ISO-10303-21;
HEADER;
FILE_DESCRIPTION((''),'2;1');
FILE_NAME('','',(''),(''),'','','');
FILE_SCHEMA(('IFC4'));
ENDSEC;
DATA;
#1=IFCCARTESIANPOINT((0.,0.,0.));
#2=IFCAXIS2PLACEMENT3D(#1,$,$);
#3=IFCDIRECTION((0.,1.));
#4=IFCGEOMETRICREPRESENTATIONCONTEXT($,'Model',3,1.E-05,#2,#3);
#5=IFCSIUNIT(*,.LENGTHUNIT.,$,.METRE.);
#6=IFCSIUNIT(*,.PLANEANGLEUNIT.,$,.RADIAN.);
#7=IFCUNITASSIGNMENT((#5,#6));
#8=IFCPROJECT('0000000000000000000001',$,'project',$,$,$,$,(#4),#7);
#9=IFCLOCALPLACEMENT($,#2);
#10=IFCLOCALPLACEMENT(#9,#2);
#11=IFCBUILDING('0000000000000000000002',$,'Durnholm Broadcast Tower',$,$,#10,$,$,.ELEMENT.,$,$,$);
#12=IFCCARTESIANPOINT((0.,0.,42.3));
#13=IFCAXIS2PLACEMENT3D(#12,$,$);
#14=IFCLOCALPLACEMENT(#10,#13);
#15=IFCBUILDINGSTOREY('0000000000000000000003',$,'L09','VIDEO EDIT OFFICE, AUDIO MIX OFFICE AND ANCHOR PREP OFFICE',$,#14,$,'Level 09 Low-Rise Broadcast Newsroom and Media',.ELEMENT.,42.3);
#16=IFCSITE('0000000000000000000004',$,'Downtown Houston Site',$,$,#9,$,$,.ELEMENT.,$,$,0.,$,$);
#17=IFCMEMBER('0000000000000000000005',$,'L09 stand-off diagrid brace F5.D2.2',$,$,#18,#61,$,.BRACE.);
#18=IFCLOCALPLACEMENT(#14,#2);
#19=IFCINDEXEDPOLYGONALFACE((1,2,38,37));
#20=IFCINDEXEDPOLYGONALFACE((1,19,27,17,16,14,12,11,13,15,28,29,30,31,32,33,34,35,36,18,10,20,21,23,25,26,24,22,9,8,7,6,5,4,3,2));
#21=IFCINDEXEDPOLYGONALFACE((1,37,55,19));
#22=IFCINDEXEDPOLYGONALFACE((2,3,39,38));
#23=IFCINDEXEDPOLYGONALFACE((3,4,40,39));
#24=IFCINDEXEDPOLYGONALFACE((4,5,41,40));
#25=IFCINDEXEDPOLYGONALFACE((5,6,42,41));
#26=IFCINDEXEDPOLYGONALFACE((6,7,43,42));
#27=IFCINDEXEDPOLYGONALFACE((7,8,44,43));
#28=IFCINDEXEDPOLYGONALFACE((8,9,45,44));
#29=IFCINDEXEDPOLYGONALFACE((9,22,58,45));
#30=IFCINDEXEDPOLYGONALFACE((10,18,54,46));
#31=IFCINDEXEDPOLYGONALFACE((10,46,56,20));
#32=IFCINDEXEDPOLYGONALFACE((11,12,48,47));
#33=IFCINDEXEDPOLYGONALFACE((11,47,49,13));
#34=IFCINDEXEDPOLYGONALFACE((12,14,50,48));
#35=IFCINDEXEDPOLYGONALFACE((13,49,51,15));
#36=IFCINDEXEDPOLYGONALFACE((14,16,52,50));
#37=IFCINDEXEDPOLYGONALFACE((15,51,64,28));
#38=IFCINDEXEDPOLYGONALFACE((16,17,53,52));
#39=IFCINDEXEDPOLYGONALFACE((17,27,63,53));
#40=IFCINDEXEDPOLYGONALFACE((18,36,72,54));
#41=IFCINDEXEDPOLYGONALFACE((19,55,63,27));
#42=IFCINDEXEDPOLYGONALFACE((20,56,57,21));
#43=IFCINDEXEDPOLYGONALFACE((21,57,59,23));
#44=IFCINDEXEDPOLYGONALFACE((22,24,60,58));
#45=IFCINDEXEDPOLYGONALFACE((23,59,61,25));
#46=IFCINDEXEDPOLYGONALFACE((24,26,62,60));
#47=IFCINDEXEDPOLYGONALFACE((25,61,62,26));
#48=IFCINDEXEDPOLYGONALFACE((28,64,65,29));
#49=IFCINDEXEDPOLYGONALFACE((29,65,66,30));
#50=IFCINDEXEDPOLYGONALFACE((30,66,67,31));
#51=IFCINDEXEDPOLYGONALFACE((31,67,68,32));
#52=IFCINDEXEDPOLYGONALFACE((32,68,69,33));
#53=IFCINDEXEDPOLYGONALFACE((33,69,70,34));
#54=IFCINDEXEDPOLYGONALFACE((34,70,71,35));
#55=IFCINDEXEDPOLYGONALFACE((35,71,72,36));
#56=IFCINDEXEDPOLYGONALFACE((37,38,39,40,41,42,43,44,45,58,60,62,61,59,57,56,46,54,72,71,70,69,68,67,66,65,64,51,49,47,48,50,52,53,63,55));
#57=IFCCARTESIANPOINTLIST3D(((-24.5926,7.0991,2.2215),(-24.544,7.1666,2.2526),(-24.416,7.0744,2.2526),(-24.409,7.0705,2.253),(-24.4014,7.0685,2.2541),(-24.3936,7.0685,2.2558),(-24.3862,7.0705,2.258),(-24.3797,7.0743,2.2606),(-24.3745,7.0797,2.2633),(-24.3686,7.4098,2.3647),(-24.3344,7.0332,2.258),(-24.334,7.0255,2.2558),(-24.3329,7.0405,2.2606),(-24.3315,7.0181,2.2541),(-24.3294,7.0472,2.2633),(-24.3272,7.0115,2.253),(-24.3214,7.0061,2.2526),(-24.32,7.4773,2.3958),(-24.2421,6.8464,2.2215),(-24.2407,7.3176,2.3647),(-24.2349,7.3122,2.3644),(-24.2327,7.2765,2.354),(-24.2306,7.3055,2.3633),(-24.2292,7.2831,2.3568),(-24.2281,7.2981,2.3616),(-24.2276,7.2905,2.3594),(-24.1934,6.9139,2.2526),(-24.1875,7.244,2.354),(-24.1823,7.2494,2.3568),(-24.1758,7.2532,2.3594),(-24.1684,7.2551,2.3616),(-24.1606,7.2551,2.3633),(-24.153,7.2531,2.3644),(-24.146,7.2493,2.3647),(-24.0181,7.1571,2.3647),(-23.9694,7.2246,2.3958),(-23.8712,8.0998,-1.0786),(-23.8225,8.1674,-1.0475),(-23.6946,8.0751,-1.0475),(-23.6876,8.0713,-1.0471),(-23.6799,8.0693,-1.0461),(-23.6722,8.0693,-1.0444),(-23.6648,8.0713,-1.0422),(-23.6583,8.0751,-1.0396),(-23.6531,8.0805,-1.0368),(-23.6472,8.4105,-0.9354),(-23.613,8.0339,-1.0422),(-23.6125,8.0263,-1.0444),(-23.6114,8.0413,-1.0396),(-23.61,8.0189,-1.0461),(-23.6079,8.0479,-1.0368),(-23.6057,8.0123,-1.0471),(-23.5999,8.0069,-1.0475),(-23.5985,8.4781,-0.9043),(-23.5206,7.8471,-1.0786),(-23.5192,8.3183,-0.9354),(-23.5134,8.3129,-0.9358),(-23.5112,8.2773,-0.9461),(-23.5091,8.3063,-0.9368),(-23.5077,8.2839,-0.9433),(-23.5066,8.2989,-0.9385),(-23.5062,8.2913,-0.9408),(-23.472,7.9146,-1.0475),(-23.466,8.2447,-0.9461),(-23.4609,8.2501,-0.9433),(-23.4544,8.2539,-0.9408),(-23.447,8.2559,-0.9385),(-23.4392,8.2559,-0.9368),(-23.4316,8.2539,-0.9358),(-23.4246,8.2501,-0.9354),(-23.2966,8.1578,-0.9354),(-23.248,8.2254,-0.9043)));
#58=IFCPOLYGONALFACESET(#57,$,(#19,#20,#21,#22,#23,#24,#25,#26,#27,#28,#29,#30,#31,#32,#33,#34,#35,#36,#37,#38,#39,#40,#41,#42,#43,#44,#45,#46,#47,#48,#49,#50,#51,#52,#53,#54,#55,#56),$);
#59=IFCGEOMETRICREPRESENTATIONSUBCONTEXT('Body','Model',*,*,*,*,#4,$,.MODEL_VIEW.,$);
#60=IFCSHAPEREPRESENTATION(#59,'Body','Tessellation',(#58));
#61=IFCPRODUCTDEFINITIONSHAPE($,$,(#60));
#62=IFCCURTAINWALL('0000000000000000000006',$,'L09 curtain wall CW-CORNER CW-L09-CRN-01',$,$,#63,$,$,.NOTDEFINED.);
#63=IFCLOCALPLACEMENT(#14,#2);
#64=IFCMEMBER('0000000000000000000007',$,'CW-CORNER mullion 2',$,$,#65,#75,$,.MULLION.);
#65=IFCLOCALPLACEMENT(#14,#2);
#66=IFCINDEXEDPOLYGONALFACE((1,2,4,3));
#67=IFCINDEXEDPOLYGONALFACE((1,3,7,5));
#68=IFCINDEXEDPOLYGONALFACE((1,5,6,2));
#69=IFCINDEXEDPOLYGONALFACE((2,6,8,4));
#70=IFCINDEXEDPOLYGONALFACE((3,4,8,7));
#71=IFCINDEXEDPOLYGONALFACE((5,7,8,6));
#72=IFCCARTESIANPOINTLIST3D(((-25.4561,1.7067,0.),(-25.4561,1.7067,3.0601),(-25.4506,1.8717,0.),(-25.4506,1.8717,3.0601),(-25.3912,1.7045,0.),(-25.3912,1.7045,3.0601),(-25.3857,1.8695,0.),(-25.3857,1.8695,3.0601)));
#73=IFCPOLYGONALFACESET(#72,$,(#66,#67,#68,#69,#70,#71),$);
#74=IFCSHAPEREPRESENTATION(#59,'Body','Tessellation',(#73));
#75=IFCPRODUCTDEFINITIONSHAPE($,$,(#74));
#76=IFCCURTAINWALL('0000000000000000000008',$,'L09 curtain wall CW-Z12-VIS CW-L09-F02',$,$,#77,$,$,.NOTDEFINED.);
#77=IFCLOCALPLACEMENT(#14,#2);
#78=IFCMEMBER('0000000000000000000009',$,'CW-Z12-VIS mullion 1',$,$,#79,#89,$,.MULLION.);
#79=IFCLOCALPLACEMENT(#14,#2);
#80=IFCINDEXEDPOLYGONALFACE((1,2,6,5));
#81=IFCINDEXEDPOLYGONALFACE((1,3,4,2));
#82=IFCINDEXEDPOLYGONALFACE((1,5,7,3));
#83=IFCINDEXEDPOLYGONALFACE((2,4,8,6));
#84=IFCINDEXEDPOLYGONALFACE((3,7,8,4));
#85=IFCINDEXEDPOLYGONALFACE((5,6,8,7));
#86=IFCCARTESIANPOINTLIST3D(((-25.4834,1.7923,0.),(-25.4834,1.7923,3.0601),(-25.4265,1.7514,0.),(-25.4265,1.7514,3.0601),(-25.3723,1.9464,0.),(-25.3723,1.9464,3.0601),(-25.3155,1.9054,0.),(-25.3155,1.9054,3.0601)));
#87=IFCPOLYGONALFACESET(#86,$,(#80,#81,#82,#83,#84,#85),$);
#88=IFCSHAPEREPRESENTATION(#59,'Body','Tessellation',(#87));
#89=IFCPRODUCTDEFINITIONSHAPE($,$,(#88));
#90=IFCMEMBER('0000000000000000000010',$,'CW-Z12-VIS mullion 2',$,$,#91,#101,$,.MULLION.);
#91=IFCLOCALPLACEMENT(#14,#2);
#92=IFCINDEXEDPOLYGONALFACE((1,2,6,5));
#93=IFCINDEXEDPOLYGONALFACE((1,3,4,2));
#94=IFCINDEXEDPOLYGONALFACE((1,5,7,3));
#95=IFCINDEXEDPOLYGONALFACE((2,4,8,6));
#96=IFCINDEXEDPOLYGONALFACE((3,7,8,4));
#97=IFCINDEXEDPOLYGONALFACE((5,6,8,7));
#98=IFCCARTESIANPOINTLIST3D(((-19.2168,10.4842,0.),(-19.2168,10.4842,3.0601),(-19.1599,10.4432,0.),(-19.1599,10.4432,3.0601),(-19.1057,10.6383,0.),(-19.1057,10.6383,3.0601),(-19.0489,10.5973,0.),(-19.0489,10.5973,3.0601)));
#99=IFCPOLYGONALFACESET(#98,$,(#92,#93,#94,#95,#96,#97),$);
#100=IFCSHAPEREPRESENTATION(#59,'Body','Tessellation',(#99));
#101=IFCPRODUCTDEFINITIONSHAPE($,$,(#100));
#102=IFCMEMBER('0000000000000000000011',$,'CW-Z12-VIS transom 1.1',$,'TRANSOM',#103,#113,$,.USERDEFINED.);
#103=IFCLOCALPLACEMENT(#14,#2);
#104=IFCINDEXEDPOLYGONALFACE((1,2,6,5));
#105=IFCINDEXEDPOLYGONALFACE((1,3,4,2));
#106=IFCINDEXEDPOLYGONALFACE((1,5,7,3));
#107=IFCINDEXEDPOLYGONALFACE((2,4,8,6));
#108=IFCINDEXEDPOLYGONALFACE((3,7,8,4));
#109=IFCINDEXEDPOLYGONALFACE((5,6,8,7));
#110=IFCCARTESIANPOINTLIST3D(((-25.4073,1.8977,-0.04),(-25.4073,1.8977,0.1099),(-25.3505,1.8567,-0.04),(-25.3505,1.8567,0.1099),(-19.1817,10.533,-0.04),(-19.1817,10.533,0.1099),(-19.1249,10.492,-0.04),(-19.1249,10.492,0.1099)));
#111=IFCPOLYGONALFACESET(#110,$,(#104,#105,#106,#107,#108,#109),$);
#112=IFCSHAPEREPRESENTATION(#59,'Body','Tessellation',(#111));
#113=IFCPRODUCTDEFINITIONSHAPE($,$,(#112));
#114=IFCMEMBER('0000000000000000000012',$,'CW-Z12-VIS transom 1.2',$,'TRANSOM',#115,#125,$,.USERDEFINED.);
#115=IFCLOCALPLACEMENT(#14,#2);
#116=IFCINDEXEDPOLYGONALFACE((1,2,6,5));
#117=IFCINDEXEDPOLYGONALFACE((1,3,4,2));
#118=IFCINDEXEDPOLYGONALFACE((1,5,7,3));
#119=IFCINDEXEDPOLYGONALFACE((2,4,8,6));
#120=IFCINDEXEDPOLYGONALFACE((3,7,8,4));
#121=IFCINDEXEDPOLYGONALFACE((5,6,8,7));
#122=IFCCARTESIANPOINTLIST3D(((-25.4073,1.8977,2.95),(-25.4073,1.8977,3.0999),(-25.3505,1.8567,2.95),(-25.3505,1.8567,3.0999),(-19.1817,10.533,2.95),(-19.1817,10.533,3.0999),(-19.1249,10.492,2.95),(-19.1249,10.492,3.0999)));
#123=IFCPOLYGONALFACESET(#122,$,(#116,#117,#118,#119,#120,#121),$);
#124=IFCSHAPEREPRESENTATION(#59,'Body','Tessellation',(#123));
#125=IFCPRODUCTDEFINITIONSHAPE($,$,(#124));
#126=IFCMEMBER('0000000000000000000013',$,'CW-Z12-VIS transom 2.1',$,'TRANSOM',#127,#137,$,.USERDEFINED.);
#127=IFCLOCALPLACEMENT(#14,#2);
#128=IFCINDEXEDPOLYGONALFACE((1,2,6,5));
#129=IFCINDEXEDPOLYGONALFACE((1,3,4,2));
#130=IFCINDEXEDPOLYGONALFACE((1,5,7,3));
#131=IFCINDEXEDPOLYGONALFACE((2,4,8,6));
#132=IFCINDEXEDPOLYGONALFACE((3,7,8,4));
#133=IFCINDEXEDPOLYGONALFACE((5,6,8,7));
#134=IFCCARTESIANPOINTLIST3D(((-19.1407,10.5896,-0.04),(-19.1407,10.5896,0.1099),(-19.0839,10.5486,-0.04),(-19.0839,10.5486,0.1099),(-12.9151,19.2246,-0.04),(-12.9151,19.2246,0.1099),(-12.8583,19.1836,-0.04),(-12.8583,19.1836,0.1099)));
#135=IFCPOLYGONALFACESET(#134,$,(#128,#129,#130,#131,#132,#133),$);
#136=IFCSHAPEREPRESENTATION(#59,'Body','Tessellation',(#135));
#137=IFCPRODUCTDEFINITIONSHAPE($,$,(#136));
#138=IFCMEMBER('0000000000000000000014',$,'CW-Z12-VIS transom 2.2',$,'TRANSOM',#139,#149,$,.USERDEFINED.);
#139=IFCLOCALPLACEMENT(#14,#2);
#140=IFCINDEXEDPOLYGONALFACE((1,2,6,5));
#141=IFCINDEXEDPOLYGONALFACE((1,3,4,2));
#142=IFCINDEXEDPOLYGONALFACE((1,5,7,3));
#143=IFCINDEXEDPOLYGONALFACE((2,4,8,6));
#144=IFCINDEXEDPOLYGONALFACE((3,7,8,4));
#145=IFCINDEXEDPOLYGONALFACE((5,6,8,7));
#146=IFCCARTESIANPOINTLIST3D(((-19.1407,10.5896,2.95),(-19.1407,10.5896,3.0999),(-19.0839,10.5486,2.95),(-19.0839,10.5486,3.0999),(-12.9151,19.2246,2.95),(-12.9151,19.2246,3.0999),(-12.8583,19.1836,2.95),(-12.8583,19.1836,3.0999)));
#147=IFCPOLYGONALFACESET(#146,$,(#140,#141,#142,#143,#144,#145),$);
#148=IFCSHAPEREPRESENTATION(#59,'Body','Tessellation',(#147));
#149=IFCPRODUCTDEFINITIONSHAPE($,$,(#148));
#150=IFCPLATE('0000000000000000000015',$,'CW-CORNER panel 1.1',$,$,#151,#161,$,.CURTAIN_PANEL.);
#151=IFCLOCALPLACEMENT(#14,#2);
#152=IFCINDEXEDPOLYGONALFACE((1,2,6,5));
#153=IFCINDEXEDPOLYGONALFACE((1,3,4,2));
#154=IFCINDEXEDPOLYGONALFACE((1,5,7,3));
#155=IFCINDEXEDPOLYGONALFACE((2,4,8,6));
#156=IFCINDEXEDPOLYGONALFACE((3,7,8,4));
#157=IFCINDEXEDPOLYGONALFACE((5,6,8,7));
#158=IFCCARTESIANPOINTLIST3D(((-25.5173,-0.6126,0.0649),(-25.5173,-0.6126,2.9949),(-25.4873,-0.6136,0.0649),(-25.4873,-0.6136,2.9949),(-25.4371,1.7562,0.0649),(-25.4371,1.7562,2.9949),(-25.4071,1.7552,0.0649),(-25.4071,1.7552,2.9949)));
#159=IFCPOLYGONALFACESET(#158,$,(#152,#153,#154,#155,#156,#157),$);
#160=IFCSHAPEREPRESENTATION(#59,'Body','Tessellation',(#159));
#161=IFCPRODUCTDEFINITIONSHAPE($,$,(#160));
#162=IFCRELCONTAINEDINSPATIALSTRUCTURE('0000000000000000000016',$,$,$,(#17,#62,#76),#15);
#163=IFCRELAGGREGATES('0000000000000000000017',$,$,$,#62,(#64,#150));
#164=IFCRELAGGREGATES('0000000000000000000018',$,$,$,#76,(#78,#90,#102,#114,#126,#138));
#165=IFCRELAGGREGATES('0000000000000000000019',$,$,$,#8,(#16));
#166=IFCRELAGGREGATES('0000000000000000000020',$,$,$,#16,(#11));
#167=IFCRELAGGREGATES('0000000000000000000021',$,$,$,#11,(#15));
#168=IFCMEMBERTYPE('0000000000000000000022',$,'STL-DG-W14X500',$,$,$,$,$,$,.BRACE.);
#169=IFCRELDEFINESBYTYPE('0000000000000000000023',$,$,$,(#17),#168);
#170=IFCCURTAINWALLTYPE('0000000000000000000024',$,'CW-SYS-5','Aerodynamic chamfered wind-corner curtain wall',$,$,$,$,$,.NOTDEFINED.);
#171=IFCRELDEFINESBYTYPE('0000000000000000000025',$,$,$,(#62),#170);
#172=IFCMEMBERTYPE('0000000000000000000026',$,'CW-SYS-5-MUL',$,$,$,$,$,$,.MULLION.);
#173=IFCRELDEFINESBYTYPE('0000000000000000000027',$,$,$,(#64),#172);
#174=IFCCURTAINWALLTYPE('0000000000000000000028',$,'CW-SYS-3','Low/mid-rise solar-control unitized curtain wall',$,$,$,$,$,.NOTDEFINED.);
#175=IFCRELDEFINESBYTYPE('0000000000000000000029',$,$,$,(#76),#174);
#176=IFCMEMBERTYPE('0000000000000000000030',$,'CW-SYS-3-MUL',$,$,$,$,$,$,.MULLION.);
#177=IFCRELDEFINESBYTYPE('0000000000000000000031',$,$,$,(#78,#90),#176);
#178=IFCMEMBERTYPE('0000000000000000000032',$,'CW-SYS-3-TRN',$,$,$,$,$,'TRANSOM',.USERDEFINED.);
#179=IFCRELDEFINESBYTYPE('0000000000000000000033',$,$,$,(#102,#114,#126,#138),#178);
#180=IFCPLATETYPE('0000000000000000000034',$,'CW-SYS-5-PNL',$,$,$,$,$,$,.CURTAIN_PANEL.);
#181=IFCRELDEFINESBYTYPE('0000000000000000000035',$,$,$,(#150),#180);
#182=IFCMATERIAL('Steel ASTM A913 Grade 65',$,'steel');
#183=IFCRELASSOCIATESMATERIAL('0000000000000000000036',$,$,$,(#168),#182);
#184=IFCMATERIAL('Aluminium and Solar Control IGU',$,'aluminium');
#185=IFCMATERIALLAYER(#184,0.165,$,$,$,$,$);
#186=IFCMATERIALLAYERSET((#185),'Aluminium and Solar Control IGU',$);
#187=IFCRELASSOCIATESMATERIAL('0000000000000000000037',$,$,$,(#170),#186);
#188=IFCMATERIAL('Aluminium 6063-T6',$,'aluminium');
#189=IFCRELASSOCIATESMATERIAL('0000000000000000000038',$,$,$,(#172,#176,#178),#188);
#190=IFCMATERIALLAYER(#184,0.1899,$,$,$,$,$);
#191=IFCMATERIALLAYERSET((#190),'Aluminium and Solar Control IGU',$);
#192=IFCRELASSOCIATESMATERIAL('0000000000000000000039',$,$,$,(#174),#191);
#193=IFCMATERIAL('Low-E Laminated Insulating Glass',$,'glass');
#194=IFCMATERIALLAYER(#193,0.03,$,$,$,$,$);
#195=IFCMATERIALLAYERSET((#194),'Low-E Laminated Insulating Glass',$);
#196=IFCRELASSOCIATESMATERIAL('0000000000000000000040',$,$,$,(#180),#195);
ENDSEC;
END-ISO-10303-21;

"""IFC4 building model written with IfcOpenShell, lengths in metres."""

from ifc_helpers import new_model, si_unit, direction, frame, origin, origin_2d, place, context, subcontext, project, spatial, rectangle, i_section, extrude, source, transform, mapped, material, layer, layer_set, material_profile, profile_set, type_object, type_shapes, element, aggregate, save


model = new_model("IFC4")

# Units and contexts
model_context = context("Model", 3, precision=1e-05, world=origin(), true_north=direction((0.0, 1.0)))
body_context = subcontext(model_context, "Body", "Model", "MODEL_VIEW")
ifc_project = project(units=[si_unit("LENGTHUNIT", "METRE"), si_unit("PLANEANGLEUNIT", "RADIAN")], contexts=[model_context])

# Site, building, storey
site_placement = place(None, origin())
site = spatial("IfcSite", under=ifc_project, at=site_placement, Name="Downtown Houston Site", CompositionType="ELEMENT", RefElevation=0.0)
building_placement = place(site_placement, origin())
building = spatial("IfcBuilding", under=site, at=building_placement, Name="Durnholm Broadcast Tower", CompositionType="ELEMENT")
storey_placement = place(building_placement, frame((0.0, 0.0, 42.3)))
storey = spatial("IfcBuildingStorey", under=building, at=storey_placement, Name="L09", Description="VIDEO EDIT OFFICE, AUDIO MIX OFFICE AND ANCHOR PREP OFFICE", LongName="Level 09 Low-Rise Broadcast Newsroom and Media", CompositionType="ELEMENT", Elevation=42.3)

# Member
ifc_material_1 = material(Name="Steel ASTM A913 Grade 65", Category="steel")
ifc_material_profile_1 = material_profile(ifc_material_1, i_section(OverallWidth=0.4321, OverallDepth=0.4978, WebThickness=0.0557, FlangeThickness=0.0889, FilletRadius=0.0305, at=origin_2d()), Name="W14X500")
ifc_profile_set_1 = profile_set([ifc_material_profile_1], Name="Steel ASTM A913 Grade 65")
member_type_1 = type_object("IfcMemberType", Name="STL-DG-W14X500", PredefinedType="BRACE", material=ifc_profile_set_1)
shared_shape_1 = source(origin(), body_context, "Body", "SweptSolid", [
    extrude(i_section(OverallWidth=0.4321, OverallDepth=0.4978, WebThickness=0.0557, FlangeThickness=0.0889, FilletRadius=0.0305, at=origin_2d()), origin(), (0.0, 0.0, 1.0), 3.5232),
])
type_shapes(member_type_1, [shared_shape_1])
for number, where, z_axis, x_axis, name in (
    (1, (-23.5596, 8.1626, -0.9915), (-0.204773, -0.284049, 0.936688), (0.811185, -0.584789, 0.0), "L09 stand-off diagrid brace F5.D2.2"),
):
    element("IfcMember", number, at=place(storey_placement, frame(where, z_axis=z_axis, x_axis=x_axis)), inside=storey, type_object=member_type_1, Name=name, PredefinedType="BRACE", context=body_context, shape_type="MappedRepresentation", body=[
        mapped(shared_shape_1, transform((0.0, 0.0, 0.0), x_axis=(1.0, 0.0, 0.0), y_axis=(0.0, 1.0, 0.0), z_axis=(0.0, 0.0, 1.0), scale=1.0)),
    ])

# Curtain wall, member
ifc_material_2 = material(Name="Aluminium and Solar Control IGU", Category="aluminium")
ifc_layer_1 = layer(ifc_material_2, 0.165)
ifc_layer_set_1 = layer_set([ifc_layer_1], Name="Aluminium and Solar Control IGU")
curtain_wall_type_1 = type_object("IfcCurtainWallType", Name="CW-SYS-5", Description="Aerodynamic chamfered wind-corner curtain wall", PredefinedType="NOTDEFINED", material=ifc_layer_set_1)
curtain_wall_1_placement = place(storey_placement, origin())
curtain_wall_1 = element("IfcCurtainWall", 2, at=curtain_wall_1_placement, inside=storey, type_object=curtain_wall_type_1, Name="L09 curtain wall CW-CORNER CW-L09-CRN-01", PredefinedType="NOTDEFINED")
ifc_material_3 = material(Name="Aluminium 6063-T6", Category="aluminium")
ifc_material_profile_2 = material_profile(ifc_material_3, rectangle(XDim=0.0649, YDim=0.165, at=origin_2d()), Name="CWM65X165")
ifc_profile_set_2 = profile_set([ifc_material_profile_2], Name="Aluminium 6063-T6")
member_type_2 = type_object("IfcMemberType", Name="CW-SYS-5-MUL", PredefinedType="MULLION", material=ifc_profile_set_2)
shared_shape_2 = source(origin(), body_context, "Body", "SweptSolid", [
    extrude(rectangle(XDim=0.0649, YDim=0.165, at=origin_2d()), origin(), (0.0, 0.0, 1.0), 3.0601),
])
type_shapes(member_type_2, [shared_shape_2])
member_1_placement = place(storey_placement, frame((-25.4209, 1.7881, 0.0), z_axis=(0.0, 0.0, 1.0), x_axis=(-0.999427, 0.03384, 0.0)))
member_1 = element("IfcMember", 3, at=member_1_placement, type_object=member_type_2, Name="CW-CORNER mullion 2", PredefinedType="MULLION", context=body_context, shape_type="MappedRepresentation", body=[
    mapped(shared_shape_2, transform((0.0, 0.0, 0.0), x_axis=(1.0, 0.0, 0.0), y_axis=(0.0, 1.0, 0.0), z_axis=(0.0, 0.0, 1.0), scale=1.0)),
])

# Curtain wall, members
ifc_layer_2 = layer(ifc_material_2, 0.1899)
ifc_layer_set_2 = layer_set([ifc_layer_2], Name="Aluminium and Solar Control IGU")
curtain_wall_type_2 = type_object("IfcCurtainWallType", Name="CW-SYS-3", Description="Low/mid-rise solar-control unitized curtain wall", PredefinedType="NOTDEFINED", material=ifc_layer_set_2)
curtain_wall_2_placement = place(storey_placement, origin())
curtain_wall_2 = element("IfcCurtainWall", 4, at=curtain_wall_2_placement, inside=storey, type_object=curtain_wall_type_2, Name="L09 curtain wall CW-Z12-VIS CW-L09-F02", PredefinedType="NOTDEFINED")
ifc_material_profile_3 = material_profile(ifc_material_3, rectangle(XDim=0.0701, YDim=0.1899, at=origin_2d()), Name="CWM70X190")
ifc_profile_set_3 = profile_set([ifc_material_profile_3], Name="Aluminium 6063-T6")
member_type_3 = type_object("IfcMemberType", Name="CW-SYS-3-MUL", PredefinedType="MULLION", material=ifc_profile_set_3)
shared_shape_3 = source(origin(), body_context, "Body", "SweptSolid", [
    extrude(rectangle(XDim=0.0701, YDim=0.1899, at=origin_2d()), origin(), (0.0, 0.0, 1.0), 3.0601),
])
type_shapes(member_type_3, [shared_shape_3])
member_2_placement = place(storey_placement, frame((-25.3994, 1.8489, 0.0), z_axis=(0.0, 0.0, 1.0), x_axis=(-0.811161, 0.584823, 0.0)))
member_2 = element("IfcMember", 5, at=member_2_placement, type_object=member_type_3, Name="CW-Z12-VIS mullion 1", PredefinedType="MULLION", context=body_context, shape_type="MappedRepresentation", body=[
    mapped(shared_shape_3, transform((0.0, 0.0, 0.0), x_axis=(1.0, 0.0, 0.0), y_axis=(0.0, 1.0, 0.0), z_axis=(0.0, 0.0, 1.0), scale=1.0)),
])
member_3_placement = place(storey_placement, frame((-19.1328, 10.5408, 0.0), z_axis=(0.0, 0.0, 1.0), x_axis=(-0.811161, 0.584823, 0.0)))
member_3 = element("IfcMember", 6, at=member_3_placement, type_object=member_type_3, Name="CW-Z12-VIS mullion 2", PredefinedType="MULLION", context=body_context, shape_type="MappedRepresentation", body=[
    mapped(shared_shape_3, transform((0.0, 0.0, 0.0), x_axis=(1.0, 0.0, 0.0), y_axis=(0.0, 1.0, 0.0), z_axis=(0.0, 0.0, 1.0), scale=1.0)),
])
ifc_material_profile_4 = material_profile(ifc_material_3, rectangle(XDim=0.0701, YDim=0.1499, at=origin_2d()), Name="CWT70X150")
ifc_profile_set_4 = profile_set([ifc_material_profile_4], Name="Aluminium 6063-T6")
member_type_4 = type_object("IfcMemberType", Name="CW-SYS-3-TRN", ElementType="TRANSOM", PredefinedType="USERDEFINED", material=ifc_profile_set_4)
shared_shape_4 = source(origin(), body_context, "Body", "SweptSolid", [
    extrude(rectangle(XDim=0.0701, YDim=0.1499, at=origin_2d()), origin(), (0.0, 0.0, 1.0), 10.6455),
])
member_4_placement = place(storey_placement, frame((-25.3789, 1.8772, 0.0349), z_axis=(0.584812, 0.811169, 0.0), x_axis=(-0.811169, 0.584812, 0.0)))
member_4 = element("IfcMember", 7, at=member_4_placement, type_object=member_type_4, Name="CW-Z12-VIS transom 1.1", ObjectType="TRANSOM", PredefinedType="USERDEFINED", context=body_context, shape_type="MappedRepresentation", body=[
    mapped(shared_shape_4, transform((0.0, 0.0, 0.0), x_axis=(1.0, 0.0, 0.0), y_axis=(0.0, 1.0, 0.0), z_axis=(0.0, 0.0, 1.0), scale=1.0)),
])
member_5_placement = place(storey_placement, frame((-25.3789, 1.8772, 3.0249), z_axis=(0.584812, 0.811169, 0.0), x_axis=(-0.811169, 0.584812, 0.0)))
member_5 = element("IfcMember", 8, at=member_5_placement, type_object=member_type_4, Name="CW-Z12-VIS transom 1.2", ObjectType="TRANSOM", PredefinedType="USERDEFINED", context=body_context, shape_type="MappedRepresentation", body=[
    mapped(shared_shape_4, transform((0.0, 0.0, 0.0), x_axis=(1.0, 0.0, 0.0), y_axis=(0.0, 1.0, 0.0), z_axis=(0.0, 0.0, 1.0), scale=1.0)),
])
shared_shape_5 = source(origin(), body_context, "Body", "SweptSolid", [
    extrude(rectangle(XDim=0.0701, YDim=0.1499, at=origin_2d()), origin(), (0.0, 0.0, 1.0), 10.6453),
])
type_shapes(member_type_4, [shared_shape_4, shared_shape_5])
member_6_placement = place(storey_placement, frame((-19.1123, 10.5691, 0.0349), z_axis=(0.584823, 0.811161, 0.0), x_axis=(-0.811161, 0.584823, 0.0)))
member_6 = element("IfcMember", 9, at=member_6_placement, type_object=member_type_4, Name="CW-Z12-VIS transom 2.1", ObjectType="TRANSOM", PredefinedType="USERDEFINED", context=body_context, shape_type="MappedRepresentation", body=[
    mapped(shared_shape_5, transform((0.0, 0.0, 0.0), x_axis=(1.0, 0.0, 0.0), y_axis=(0.0, 1.0, 0.0), z_axis=(0.0, 0.0, 1.0), scale=1.0)),
])
member_7_placement = place(storey_placement, frame((-19.1123, 10.5691, 3.0249), z_axis=(0.584823, 0.811161, 0.0), x_axis=(-0.811161, 0.584823, 0.0)))
member_7 = element("IfcMember", 10, at=member_7_placement, type_object=member_type_4, Name="CW-Z12-VIS transom 2.2", ObjectType="TRANSOM", PredefinedType="USERDEFINED", context=body_context, shape_type="MappedRepresentation", body=[
    mapped(shared_shape_5, transform((0.0, 0.0, 0.0), x_axis=(1.0, 0.0, 0.0), y_axis=(0.0, 1.0, 0.0), z_axis=(0.0, 0.0, 1.0), scale=1.0)),
])

# Plate
ifc_material_4 = material(Name="Low-E Laminated Insulating Glass", Category="glass")
ifc_layer_3 = layer(ifc_material_4, 0.03)
ifc_layer_set_3 = layer_set([ifc_layer_3], Name="Low-E Laminated Insulating Glass")
plate_type_1 = type_object("IfcPlateType", Name="CW-SYS-5-PNL", PredefinedType="CURTAIN_PANEL", material=ifc_layer_set_3)
shared_shape_6 = source(origin(), body_context, "Body", "SweptSolid", [
    extrude(rectangle(XDim=2.3701, YDim=0.03, at=origin_2d()), origin(), (0.0, 0.0, 1.0), 2.9299),
])
type_shapes(plate_type_1, [shared_shape_6])
plate_1_placement = place(storey_placement, frame((-25.4622, 0.5713, 0.0649), z_axis=(0.0, 0.0, 1.0), x_axis=(0.03384, 0.999427, 0.0)))
plate_1 = element("IfcPlate", 11, at=plate_1_placement, type_object=plate_type_1, Name="CW-CORNER panel 1.1", PredefinedType="CURTAIN_PANEL", context=body_context, shape_type="MappedRepresentation", body=[
    mapped(shared_shape_6, transform((0.0, 0.0, 0.0), x_axis=(1.0, 0.0, 0.0), y_axis=(0.0, 1.0, 0.0), z_axis=(0.0, 0.0, 1.0), scale=1.0)),
])
aggregate(curtain_wall_1, [member_1, plate_1])
aggregate(curtain_wall_2, [member_2, member_3, member_4, member_5, member_6, member_7])

save(model, "model.ifc")
